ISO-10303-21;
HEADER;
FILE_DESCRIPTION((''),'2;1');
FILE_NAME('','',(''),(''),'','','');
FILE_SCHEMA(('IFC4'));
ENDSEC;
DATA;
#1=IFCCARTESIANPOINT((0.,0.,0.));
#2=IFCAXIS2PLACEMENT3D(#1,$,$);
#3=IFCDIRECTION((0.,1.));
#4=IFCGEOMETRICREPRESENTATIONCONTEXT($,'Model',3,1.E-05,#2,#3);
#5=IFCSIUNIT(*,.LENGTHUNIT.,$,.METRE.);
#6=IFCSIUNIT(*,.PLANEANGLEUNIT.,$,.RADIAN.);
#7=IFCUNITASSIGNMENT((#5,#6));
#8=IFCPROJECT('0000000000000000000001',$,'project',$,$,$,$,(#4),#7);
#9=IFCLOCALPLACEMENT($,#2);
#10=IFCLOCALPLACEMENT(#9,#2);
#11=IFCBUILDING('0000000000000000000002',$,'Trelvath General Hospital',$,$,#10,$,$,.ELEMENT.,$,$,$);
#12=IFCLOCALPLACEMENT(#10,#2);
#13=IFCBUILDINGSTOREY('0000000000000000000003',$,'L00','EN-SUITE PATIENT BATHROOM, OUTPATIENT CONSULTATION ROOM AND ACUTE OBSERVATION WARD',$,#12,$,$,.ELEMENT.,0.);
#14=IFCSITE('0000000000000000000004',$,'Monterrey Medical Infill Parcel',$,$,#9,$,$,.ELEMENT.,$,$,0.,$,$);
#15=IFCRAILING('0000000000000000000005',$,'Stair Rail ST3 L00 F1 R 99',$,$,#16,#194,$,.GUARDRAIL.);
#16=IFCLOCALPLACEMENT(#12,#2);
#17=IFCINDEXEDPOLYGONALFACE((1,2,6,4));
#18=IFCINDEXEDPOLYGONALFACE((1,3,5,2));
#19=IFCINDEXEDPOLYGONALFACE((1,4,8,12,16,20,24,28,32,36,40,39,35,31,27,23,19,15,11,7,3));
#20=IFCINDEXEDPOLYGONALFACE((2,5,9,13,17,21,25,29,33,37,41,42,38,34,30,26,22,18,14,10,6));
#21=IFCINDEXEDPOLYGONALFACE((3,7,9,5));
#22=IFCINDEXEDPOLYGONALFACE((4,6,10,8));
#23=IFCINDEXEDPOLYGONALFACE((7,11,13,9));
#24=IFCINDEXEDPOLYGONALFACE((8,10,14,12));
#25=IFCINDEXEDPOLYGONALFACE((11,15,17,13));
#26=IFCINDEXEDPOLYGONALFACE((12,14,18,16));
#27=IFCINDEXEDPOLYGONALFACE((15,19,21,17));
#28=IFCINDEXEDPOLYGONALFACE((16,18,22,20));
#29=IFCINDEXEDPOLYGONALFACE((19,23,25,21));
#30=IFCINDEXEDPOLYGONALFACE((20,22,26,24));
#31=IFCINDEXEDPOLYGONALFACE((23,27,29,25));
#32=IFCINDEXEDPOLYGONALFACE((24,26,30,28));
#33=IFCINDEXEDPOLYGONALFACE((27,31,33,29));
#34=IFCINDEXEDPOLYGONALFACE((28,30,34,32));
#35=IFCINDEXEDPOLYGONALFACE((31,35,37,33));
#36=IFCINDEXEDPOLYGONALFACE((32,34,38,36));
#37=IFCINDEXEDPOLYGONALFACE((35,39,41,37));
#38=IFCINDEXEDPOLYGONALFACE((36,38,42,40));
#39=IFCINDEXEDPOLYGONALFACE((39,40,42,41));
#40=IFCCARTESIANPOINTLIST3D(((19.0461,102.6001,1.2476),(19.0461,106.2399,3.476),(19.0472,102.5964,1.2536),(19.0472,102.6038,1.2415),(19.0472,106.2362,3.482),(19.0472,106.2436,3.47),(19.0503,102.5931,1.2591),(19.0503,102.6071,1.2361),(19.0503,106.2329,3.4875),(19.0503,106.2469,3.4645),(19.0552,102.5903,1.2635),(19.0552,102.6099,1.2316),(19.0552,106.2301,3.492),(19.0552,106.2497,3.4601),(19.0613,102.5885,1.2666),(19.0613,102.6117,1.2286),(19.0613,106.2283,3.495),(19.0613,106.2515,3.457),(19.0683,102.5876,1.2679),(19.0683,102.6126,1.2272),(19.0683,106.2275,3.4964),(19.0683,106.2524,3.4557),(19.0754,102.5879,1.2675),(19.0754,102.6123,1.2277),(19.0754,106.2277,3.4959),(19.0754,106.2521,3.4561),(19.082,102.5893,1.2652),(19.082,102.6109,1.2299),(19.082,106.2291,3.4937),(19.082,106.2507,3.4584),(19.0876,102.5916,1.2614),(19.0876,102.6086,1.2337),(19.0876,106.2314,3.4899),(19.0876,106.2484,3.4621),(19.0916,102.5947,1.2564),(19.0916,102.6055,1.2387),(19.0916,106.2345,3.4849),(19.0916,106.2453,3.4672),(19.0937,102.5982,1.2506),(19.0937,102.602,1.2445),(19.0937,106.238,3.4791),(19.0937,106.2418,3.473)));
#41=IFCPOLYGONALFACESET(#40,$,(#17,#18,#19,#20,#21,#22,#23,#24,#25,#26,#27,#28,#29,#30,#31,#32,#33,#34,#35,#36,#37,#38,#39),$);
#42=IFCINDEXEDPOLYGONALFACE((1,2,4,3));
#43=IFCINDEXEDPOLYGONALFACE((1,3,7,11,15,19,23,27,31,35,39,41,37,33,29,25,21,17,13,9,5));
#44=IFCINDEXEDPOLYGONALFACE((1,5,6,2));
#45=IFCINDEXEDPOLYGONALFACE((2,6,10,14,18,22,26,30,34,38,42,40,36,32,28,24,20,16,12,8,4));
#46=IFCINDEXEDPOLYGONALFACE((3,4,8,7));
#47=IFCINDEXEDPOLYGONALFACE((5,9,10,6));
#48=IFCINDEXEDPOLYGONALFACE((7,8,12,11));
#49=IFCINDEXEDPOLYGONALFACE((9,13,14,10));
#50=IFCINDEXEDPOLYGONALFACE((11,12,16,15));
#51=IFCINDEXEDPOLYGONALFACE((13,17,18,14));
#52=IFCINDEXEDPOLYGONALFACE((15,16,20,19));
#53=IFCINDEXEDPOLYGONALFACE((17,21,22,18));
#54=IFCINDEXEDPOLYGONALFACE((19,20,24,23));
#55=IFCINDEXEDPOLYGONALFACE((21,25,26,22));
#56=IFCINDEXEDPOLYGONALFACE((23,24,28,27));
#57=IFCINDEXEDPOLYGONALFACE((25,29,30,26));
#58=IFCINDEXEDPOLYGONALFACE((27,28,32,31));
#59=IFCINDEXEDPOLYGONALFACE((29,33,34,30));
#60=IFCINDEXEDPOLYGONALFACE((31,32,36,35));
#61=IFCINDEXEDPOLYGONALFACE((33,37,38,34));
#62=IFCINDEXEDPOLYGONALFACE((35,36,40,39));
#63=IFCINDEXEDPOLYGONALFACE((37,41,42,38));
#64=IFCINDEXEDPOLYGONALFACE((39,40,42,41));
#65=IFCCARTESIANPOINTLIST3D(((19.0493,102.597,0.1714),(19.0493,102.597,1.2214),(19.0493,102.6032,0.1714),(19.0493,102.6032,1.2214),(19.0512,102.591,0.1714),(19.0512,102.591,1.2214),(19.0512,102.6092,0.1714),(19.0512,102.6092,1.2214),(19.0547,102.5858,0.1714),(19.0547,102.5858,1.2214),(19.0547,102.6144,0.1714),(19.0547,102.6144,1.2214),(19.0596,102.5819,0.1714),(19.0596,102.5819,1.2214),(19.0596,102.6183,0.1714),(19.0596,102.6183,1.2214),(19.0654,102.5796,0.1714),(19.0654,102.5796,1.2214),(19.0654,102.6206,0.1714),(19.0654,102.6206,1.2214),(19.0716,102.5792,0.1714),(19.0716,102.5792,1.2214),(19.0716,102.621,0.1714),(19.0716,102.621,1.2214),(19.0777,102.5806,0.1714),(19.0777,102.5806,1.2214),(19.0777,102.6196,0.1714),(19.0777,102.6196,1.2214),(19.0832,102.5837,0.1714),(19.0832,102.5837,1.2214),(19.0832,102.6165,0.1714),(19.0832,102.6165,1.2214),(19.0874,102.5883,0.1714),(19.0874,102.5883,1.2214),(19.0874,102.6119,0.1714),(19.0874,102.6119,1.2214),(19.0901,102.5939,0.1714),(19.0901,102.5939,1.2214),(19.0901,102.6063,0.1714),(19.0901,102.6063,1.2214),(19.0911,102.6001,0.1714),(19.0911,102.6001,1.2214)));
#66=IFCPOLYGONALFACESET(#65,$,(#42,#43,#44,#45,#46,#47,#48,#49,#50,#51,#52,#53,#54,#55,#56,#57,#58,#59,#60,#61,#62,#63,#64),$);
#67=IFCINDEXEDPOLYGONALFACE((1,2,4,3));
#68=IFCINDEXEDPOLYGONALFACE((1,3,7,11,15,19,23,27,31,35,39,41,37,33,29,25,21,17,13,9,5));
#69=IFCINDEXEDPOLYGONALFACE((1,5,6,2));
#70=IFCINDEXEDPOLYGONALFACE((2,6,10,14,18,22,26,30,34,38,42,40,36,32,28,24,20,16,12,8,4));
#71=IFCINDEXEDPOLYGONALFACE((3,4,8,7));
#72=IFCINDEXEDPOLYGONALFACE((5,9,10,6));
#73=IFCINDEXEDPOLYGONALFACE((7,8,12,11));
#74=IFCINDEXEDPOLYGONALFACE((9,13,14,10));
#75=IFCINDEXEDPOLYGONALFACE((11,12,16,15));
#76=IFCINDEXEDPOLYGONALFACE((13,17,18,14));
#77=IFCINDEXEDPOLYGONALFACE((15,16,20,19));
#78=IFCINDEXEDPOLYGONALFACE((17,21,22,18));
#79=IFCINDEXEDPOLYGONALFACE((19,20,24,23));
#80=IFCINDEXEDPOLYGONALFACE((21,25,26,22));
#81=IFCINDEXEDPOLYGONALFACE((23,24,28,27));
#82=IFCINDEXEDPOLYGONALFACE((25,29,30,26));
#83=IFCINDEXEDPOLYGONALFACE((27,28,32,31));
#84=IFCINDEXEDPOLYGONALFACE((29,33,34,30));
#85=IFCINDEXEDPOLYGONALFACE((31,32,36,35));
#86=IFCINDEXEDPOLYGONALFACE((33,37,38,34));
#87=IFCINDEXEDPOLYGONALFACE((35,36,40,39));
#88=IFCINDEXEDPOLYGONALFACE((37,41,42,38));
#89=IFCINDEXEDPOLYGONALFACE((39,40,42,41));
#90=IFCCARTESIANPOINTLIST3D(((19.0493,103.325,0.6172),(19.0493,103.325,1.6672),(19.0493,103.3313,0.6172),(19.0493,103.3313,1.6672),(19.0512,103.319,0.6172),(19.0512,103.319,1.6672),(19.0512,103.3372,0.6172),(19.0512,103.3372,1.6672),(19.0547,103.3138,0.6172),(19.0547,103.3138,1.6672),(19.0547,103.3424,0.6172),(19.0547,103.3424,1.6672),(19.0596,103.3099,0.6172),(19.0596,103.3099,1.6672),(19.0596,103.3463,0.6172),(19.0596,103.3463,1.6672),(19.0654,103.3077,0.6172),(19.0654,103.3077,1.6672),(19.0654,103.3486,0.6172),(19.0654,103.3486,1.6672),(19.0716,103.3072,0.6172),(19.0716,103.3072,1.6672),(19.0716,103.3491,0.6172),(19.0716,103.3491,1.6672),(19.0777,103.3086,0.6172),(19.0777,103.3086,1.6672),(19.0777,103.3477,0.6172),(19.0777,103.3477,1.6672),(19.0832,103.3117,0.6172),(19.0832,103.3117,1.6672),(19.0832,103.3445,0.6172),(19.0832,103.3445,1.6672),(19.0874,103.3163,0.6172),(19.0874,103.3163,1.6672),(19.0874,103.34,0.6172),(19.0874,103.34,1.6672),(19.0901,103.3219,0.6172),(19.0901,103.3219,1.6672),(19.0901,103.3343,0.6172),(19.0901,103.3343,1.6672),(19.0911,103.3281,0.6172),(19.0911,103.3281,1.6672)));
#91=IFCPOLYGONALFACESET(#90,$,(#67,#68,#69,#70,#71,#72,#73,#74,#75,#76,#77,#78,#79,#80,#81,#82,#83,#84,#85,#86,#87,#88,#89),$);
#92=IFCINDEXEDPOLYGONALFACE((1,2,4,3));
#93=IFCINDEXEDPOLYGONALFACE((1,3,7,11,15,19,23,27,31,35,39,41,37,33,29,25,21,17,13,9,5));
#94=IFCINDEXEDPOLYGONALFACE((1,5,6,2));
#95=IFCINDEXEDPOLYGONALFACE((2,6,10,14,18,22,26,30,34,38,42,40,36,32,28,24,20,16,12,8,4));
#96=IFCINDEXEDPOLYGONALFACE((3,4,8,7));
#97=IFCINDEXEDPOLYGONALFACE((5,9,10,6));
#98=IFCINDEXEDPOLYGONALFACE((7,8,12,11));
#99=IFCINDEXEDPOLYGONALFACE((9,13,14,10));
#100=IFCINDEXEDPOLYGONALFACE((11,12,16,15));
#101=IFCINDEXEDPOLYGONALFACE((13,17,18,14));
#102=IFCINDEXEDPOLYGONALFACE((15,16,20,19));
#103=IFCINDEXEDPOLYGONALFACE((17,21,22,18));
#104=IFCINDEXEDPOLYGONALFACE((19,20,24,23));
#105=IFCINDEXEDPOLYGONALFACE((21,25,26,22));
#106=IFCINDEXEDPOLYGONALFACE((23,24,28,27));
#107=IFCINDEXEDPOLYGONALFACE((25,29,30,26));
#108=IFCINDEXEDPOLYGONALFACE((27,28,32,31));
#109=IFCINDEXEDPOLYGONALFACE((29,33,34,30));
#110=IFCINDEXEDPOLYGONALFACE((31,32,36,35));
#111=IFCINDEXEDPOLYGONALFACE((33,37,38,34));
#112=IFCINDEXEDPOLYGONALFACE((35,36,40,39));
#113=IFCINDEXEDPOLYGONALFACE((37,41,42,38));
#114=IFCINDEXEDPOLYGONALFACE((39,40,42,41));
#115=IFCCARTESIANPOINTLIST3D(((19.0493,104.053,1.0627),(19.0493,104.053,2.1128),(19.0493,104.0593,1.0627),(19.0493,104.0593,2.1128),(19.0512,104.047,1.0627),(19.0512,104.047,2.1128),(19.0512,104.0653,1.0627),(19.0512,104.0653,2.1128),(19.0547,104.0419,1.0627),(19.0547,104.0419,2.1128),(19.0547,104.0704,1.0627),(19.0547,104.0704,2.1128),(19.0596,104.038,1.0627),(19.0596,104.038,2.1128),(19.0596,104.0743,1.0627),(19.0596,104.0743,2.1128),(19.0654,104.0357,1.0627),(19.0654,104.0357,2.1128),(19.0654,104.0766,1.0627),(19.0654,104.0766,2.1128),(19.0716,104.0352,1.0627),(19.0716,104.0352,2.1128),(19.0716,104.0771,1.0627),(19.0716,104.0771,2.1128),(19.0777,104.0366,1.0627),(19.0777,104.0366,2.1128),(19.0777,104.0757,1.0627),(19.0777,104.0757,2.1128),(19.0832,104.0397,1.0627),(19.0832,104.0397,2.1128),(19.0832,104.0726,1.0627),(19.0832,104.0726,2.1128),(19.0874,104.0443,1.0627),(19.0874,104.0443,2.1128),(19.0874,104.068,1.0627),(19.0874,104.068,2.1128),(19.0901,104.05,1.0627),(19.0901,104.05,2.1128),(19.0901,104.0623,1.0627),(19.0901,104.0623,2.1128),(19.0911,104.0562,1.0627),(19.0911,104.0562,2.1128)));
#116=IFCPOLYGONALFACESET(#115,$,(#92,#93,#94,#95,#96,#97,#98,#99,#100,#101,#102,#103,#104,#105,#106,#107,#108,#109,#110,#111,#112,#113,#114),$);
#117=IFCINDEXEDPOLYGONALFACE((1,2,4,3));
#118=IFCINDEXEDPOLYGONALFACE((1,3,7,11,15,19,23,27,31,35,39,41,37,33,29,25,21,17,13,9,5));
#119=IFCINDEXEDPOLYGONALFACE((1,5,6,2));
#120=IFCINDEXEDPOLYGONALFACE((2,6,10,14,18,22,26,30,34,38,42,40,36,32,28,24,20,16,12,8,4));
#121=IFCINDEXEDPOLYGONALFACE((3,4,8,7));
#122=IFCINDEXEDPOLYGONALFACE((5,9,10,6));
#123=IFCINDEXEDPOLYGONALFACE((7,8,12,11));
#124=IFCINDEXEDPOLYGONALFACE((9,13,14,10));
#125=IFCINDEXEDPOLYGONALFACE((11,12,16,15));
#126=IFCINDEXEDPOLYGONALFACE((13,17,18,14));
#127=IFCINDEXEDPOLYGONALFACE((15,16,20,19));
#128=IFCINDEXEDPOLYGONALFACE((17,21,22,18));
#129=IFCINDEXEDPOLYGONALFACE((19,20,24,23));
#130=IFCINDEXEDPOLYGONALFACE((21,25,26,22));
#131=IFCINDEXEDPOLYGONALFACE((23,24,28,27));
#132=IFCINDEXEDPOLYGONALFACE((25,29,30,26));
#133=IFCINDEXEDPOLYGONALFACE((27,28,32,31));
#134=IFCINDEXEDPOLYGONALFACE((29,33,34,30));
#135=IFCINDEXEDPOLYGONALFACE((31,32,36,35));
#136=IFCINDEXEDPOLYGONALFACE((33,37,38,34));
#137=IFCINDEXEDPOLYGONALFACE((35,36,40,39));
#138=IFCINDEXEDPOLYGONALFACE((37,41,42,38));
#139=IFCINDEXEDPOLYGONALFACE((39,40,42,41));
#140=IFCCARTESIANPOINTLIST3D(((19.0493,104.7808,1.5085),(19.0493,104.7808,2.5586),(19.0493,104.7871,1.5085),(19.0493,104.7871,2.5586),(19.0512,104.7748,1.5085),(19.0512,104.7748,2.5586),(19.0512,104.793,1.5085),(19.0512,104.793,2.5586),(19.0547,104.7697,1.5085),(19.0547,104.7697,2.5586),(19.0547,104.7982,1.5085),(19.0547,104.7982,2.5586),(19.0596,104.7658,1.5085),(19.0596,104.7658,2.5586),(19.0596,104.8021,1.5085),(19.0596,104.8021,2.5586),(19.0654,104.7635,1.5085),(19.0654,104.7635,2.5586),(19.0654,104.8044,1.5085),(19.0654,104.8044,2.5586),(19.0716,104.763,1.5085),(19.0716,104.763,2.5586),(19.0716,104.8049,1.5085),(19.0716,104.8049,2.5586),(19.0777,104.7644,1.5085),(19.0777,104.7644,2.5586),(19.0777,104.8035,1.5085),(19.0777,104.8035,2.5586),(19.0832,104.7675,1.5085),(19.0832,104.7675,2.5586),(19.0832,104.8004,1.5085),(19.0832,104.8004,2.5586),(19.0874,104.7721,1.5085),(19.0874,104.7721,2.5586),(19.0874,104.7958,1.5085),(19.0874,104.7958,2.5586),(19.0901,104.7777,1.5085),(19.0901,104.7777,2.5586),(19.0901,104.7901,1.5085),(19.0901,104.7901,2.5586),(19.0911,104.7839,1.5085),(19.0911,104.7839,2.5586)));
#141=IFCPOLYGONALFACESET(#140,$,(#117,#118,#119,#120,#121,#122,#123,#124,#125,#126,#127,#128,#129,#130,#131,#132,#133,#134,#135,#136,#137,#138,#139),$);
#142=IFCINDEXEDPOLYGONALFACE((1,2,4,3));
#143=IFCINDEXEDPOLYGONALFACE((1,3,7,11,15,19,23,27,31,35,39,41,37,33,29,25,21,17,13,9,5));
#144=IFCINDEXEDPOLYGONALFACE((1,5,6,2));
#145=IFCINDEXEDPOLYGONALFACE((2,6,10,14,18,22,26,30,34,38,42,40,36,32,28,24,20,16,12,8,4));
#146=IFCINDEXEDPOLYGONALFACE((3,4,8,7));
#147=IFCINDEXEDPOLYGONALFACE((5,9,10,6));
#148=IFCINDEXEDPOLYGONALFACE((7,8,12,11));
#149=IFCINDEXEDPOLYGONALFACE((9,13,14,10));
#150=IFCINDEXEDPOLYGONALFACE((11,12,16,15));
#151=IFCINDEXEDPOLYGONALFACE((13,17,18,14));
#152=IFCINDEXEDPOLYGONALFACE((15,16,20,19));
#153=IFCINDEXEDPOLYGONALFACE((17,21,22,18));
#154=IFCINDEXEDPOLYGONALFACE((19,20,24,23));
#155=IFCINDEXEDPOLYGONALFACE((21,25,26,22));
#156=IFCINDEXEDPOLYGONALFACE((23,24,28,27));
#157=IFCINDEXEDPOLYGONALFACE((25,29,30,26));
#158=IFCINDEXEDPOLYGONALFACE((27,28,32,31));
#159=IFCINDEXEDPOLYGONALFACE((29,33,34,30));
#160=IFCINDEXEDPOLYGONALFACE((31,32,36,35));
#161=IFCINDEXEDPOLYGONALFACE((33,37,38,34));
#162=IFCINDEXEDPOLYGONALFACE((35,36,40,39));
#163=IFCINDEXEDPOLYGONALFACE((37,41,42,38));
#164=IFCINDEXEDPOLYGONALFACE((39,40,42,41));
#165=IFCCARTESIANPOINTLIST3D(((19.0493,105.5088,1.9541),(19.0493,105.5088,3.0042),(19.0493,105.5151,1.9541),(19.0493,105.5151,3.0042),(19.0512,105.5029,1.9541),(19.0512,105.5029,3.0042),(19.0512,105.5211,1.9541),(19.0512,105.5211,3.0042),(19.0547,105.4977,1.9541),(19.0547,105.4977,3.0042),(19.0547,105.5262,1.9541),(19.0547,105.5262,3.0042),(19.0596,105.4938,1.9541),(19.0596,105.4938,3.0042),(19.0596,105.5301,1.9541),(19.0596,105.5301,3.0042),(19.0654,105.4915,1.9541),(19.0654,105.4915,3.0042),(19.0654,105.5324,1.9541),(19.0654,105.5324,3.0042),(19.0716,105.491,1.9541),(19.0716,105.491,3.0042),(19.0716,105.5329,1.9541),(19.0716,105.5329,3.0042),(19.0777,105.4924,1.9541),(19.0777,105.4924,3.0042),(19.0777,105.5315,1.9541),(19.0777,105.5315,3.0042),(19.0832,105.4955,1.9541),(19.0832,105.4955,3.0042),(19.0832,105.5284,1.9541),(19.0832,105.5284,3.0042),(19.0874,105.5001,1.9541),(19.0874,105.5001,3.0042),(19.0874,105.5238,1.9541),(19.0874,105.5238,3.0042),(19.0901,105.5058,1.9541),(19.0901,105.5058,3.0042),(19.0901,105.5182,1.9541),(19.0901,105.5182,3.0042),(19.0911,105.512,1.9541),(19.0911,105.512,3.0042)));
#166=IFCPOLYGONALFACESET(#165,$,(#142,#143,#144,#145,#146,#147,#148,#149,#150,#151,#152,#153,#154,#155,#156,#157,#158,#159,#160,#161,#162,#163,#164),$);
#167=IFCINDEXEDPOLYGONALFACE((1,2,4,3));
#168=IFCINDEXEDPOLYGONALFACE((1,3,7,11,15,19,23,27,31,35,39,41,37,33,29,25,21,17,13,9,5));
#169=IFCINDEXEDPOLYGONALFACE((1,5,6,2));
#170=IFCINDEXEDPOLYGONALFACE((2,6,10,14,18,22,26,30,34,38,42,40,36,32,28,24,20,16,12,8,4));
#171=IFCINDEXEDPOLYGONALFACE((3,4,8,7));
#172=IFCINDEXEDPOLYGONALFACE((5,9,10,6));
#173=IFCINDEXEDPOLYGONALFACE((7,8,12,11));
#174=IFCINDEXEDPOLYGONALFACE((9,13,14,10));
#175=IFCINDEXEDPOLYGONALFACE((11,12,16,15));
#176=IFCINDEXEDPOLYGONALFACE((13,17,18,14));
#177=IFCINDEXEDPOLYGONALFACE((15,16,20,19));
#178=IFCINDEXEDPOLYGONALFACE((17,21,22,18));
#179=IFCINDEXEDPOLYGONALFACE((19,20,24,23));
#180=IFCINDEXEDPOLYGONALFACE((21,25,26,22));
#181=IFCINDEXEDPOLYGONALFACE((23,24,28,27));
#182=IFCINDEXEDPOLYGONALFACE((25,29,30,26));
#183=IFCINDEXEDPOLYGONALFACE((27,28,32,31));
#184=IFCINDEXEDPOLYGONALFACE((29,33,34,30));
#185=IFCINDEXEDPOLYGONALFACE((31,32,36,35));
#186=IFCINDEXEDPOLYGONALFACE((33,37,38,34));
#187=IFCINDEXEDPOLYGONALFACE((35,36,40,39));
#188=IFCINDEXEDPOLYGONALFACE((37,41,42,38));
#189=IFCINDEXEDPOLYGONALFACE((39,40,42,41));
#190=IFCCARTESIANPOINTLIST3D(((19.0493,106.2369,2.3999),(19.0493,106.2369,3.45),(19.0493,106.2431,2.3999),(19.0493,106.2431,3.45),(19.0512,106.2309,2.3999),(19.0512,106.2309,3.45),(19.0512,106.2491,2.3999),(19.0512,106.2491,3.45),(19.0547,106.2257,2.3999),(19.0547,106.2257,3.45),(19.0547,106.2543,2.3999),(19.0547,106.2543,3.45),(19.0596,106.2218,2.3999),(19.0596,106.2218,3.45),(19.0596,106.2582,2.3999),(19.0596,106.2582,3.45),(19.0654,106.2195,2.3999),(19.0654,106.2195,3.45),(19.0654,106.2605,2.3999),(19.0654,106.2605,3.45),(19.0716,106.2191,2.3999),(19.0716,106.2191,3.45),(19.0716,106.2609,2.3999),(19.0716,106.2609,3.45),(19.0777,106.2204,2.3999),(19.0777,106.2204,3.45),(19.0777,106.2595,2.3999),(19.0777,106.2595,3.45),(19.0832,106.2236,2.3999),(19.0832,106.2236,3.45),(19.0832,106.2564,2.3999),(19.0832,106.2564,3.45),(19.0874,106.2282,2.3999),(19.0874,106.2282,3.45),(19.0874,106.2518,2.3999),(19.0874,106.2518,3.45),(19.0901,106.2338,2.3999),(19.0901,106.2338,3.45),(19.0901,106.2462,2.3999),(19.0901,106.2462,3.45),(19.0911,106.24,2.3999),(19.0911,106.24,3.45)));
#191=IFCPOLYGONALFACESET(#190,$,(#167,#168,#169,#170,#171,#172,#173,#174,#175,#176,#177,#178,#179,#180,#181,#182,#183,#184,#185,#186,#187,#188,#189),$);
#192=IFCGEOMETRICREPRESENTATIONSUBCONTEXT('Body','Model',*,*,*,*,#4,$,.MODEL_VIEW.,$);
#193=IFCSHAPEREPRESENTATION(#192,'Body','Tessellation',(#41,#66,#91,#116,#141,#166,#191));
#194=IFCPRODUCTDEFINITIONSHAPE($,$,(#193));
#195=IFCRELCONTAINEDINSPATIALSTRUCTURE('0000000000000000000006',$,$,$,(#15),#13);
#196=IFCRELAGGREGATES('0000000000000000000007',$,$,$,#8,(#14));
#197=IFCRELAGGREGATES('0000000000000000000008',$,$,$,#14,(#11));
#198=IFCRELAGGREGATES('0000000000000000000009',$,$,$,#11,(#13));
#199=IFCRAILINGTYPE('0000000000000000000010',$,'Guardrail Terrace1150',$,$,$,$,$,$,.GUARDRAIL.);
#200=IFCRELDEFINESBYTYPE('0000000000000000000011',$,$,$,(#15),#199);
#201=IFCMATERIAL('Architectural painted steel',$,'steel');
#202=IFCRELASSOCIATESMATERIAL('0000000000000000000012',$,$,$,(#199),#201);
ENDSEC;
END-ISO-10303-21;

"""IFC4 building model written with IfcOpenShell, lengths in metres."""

from ifc_helpers import new_model, si_unit, direction, frame, origin, origin_2d, place, context, subcontext, project, spatial, circle, extrude, material, type_object, element, save


model = new_model("IFC4")

# Units and contexts
model_context = context("Model", 3, precision=1e-05, world=origin(), true_north=direction((0.0, 1.0)))
body_context = subcontext(model_context, "Body", "Model", "MODEL_VIEW")
ifc_project = project(units=[si_unit("LENGTHUNIT", "METRE"), si_unit("PLANEANGLEUNIT", "RADIAN")], contexts=[model_context])

# Site, building, storey
site_placement = place(None, origin())
site = spatial("IfcSite", under=ifc_project, at=site_placement, Name="Monterrey Medical Infill Parcel", CompositionType="ELEMENT", RefElevation=0.0)
building_placement = place(site_placement, origin())
building = spatial("IfcBuilding", under=site, at=building_placement, Name="Trelvath General Hospital", CompositionType="ELEMENT")
storey_placement = place(building_placement, origin())
storey = spatial("IfcBuildingStorey", under=building, at=storey_placement, Name="L00", Description="EN-SUITE PATIENT BATHROOM, OUTPATIENT CONSULTATION ROOM AND ACUTE OBSERVATION WARD", CompositionType="ELEMENT", Elevation=0.0)

# Railing
ifc_material_1 = material(Name="Architectural painted steel", Category="steel")
railing_type_1 = type_object("IfcRailingType", Name="Guardrail Terrace1150", PredefinedType="GUARDRAIL", material=ifc_material_1)
railing_1_placement = place(storey_placement, frame((19.0701, 102.6001, 0.1714)))
element("IfcRailing", 1, at=railing_1_placement, inside=storey, type_object=railing_type_1, Name="Stair Rail ST3 L00 F1 R 99", PredefinedType="GUARDRAIL", context=body_context, shape_type="SweptSolid", body=[
    extrude(circle(Radius=0.0239, at=origin_2d()), frame((0.0, 0.0, 1.0762), z_axis=(0.0, 0.85285, 0.522156), x_axis=(-1.0, 0.0, 0.0)), (0.0, 0.0, 1.0), 4.2678),
    extrude(circle(Radius=0.021, at=origin_2d()), origin(), (0.0, 0.0, 1.0), 1.05),
    extrude(circle(Radius=0.021, at=origin_2d()), frame((0.0, 0.728, 0.4458)), (0.0, 0.0, 1.0), 1.05),
    extrude(circle(Radius=0.021, at=origin_2d()), frame((0.0, 1.4561, 0.8914)), (0.0, 0.0, 1.0), 1.05),
    extrude(circle(Radius=0.021, at=origin_2d()), frame((0.0, 2.1838, 1.3372)), (0.0, 0.0, 1.0), 1.05),
    extrude(circle(Radius=0.021, at=origin_2d()), frame((0.0, 2.9119, 1.7827)), (0.0, 0.0, 1.0), 1.05),
    extrude(circle(Radius=0.021, at=origin_2d()), frame((0.0, 3.6399, 2.2285)), (0.0, 0.0, 1.0), 1.05),
])

save(model, "model.ifc")
